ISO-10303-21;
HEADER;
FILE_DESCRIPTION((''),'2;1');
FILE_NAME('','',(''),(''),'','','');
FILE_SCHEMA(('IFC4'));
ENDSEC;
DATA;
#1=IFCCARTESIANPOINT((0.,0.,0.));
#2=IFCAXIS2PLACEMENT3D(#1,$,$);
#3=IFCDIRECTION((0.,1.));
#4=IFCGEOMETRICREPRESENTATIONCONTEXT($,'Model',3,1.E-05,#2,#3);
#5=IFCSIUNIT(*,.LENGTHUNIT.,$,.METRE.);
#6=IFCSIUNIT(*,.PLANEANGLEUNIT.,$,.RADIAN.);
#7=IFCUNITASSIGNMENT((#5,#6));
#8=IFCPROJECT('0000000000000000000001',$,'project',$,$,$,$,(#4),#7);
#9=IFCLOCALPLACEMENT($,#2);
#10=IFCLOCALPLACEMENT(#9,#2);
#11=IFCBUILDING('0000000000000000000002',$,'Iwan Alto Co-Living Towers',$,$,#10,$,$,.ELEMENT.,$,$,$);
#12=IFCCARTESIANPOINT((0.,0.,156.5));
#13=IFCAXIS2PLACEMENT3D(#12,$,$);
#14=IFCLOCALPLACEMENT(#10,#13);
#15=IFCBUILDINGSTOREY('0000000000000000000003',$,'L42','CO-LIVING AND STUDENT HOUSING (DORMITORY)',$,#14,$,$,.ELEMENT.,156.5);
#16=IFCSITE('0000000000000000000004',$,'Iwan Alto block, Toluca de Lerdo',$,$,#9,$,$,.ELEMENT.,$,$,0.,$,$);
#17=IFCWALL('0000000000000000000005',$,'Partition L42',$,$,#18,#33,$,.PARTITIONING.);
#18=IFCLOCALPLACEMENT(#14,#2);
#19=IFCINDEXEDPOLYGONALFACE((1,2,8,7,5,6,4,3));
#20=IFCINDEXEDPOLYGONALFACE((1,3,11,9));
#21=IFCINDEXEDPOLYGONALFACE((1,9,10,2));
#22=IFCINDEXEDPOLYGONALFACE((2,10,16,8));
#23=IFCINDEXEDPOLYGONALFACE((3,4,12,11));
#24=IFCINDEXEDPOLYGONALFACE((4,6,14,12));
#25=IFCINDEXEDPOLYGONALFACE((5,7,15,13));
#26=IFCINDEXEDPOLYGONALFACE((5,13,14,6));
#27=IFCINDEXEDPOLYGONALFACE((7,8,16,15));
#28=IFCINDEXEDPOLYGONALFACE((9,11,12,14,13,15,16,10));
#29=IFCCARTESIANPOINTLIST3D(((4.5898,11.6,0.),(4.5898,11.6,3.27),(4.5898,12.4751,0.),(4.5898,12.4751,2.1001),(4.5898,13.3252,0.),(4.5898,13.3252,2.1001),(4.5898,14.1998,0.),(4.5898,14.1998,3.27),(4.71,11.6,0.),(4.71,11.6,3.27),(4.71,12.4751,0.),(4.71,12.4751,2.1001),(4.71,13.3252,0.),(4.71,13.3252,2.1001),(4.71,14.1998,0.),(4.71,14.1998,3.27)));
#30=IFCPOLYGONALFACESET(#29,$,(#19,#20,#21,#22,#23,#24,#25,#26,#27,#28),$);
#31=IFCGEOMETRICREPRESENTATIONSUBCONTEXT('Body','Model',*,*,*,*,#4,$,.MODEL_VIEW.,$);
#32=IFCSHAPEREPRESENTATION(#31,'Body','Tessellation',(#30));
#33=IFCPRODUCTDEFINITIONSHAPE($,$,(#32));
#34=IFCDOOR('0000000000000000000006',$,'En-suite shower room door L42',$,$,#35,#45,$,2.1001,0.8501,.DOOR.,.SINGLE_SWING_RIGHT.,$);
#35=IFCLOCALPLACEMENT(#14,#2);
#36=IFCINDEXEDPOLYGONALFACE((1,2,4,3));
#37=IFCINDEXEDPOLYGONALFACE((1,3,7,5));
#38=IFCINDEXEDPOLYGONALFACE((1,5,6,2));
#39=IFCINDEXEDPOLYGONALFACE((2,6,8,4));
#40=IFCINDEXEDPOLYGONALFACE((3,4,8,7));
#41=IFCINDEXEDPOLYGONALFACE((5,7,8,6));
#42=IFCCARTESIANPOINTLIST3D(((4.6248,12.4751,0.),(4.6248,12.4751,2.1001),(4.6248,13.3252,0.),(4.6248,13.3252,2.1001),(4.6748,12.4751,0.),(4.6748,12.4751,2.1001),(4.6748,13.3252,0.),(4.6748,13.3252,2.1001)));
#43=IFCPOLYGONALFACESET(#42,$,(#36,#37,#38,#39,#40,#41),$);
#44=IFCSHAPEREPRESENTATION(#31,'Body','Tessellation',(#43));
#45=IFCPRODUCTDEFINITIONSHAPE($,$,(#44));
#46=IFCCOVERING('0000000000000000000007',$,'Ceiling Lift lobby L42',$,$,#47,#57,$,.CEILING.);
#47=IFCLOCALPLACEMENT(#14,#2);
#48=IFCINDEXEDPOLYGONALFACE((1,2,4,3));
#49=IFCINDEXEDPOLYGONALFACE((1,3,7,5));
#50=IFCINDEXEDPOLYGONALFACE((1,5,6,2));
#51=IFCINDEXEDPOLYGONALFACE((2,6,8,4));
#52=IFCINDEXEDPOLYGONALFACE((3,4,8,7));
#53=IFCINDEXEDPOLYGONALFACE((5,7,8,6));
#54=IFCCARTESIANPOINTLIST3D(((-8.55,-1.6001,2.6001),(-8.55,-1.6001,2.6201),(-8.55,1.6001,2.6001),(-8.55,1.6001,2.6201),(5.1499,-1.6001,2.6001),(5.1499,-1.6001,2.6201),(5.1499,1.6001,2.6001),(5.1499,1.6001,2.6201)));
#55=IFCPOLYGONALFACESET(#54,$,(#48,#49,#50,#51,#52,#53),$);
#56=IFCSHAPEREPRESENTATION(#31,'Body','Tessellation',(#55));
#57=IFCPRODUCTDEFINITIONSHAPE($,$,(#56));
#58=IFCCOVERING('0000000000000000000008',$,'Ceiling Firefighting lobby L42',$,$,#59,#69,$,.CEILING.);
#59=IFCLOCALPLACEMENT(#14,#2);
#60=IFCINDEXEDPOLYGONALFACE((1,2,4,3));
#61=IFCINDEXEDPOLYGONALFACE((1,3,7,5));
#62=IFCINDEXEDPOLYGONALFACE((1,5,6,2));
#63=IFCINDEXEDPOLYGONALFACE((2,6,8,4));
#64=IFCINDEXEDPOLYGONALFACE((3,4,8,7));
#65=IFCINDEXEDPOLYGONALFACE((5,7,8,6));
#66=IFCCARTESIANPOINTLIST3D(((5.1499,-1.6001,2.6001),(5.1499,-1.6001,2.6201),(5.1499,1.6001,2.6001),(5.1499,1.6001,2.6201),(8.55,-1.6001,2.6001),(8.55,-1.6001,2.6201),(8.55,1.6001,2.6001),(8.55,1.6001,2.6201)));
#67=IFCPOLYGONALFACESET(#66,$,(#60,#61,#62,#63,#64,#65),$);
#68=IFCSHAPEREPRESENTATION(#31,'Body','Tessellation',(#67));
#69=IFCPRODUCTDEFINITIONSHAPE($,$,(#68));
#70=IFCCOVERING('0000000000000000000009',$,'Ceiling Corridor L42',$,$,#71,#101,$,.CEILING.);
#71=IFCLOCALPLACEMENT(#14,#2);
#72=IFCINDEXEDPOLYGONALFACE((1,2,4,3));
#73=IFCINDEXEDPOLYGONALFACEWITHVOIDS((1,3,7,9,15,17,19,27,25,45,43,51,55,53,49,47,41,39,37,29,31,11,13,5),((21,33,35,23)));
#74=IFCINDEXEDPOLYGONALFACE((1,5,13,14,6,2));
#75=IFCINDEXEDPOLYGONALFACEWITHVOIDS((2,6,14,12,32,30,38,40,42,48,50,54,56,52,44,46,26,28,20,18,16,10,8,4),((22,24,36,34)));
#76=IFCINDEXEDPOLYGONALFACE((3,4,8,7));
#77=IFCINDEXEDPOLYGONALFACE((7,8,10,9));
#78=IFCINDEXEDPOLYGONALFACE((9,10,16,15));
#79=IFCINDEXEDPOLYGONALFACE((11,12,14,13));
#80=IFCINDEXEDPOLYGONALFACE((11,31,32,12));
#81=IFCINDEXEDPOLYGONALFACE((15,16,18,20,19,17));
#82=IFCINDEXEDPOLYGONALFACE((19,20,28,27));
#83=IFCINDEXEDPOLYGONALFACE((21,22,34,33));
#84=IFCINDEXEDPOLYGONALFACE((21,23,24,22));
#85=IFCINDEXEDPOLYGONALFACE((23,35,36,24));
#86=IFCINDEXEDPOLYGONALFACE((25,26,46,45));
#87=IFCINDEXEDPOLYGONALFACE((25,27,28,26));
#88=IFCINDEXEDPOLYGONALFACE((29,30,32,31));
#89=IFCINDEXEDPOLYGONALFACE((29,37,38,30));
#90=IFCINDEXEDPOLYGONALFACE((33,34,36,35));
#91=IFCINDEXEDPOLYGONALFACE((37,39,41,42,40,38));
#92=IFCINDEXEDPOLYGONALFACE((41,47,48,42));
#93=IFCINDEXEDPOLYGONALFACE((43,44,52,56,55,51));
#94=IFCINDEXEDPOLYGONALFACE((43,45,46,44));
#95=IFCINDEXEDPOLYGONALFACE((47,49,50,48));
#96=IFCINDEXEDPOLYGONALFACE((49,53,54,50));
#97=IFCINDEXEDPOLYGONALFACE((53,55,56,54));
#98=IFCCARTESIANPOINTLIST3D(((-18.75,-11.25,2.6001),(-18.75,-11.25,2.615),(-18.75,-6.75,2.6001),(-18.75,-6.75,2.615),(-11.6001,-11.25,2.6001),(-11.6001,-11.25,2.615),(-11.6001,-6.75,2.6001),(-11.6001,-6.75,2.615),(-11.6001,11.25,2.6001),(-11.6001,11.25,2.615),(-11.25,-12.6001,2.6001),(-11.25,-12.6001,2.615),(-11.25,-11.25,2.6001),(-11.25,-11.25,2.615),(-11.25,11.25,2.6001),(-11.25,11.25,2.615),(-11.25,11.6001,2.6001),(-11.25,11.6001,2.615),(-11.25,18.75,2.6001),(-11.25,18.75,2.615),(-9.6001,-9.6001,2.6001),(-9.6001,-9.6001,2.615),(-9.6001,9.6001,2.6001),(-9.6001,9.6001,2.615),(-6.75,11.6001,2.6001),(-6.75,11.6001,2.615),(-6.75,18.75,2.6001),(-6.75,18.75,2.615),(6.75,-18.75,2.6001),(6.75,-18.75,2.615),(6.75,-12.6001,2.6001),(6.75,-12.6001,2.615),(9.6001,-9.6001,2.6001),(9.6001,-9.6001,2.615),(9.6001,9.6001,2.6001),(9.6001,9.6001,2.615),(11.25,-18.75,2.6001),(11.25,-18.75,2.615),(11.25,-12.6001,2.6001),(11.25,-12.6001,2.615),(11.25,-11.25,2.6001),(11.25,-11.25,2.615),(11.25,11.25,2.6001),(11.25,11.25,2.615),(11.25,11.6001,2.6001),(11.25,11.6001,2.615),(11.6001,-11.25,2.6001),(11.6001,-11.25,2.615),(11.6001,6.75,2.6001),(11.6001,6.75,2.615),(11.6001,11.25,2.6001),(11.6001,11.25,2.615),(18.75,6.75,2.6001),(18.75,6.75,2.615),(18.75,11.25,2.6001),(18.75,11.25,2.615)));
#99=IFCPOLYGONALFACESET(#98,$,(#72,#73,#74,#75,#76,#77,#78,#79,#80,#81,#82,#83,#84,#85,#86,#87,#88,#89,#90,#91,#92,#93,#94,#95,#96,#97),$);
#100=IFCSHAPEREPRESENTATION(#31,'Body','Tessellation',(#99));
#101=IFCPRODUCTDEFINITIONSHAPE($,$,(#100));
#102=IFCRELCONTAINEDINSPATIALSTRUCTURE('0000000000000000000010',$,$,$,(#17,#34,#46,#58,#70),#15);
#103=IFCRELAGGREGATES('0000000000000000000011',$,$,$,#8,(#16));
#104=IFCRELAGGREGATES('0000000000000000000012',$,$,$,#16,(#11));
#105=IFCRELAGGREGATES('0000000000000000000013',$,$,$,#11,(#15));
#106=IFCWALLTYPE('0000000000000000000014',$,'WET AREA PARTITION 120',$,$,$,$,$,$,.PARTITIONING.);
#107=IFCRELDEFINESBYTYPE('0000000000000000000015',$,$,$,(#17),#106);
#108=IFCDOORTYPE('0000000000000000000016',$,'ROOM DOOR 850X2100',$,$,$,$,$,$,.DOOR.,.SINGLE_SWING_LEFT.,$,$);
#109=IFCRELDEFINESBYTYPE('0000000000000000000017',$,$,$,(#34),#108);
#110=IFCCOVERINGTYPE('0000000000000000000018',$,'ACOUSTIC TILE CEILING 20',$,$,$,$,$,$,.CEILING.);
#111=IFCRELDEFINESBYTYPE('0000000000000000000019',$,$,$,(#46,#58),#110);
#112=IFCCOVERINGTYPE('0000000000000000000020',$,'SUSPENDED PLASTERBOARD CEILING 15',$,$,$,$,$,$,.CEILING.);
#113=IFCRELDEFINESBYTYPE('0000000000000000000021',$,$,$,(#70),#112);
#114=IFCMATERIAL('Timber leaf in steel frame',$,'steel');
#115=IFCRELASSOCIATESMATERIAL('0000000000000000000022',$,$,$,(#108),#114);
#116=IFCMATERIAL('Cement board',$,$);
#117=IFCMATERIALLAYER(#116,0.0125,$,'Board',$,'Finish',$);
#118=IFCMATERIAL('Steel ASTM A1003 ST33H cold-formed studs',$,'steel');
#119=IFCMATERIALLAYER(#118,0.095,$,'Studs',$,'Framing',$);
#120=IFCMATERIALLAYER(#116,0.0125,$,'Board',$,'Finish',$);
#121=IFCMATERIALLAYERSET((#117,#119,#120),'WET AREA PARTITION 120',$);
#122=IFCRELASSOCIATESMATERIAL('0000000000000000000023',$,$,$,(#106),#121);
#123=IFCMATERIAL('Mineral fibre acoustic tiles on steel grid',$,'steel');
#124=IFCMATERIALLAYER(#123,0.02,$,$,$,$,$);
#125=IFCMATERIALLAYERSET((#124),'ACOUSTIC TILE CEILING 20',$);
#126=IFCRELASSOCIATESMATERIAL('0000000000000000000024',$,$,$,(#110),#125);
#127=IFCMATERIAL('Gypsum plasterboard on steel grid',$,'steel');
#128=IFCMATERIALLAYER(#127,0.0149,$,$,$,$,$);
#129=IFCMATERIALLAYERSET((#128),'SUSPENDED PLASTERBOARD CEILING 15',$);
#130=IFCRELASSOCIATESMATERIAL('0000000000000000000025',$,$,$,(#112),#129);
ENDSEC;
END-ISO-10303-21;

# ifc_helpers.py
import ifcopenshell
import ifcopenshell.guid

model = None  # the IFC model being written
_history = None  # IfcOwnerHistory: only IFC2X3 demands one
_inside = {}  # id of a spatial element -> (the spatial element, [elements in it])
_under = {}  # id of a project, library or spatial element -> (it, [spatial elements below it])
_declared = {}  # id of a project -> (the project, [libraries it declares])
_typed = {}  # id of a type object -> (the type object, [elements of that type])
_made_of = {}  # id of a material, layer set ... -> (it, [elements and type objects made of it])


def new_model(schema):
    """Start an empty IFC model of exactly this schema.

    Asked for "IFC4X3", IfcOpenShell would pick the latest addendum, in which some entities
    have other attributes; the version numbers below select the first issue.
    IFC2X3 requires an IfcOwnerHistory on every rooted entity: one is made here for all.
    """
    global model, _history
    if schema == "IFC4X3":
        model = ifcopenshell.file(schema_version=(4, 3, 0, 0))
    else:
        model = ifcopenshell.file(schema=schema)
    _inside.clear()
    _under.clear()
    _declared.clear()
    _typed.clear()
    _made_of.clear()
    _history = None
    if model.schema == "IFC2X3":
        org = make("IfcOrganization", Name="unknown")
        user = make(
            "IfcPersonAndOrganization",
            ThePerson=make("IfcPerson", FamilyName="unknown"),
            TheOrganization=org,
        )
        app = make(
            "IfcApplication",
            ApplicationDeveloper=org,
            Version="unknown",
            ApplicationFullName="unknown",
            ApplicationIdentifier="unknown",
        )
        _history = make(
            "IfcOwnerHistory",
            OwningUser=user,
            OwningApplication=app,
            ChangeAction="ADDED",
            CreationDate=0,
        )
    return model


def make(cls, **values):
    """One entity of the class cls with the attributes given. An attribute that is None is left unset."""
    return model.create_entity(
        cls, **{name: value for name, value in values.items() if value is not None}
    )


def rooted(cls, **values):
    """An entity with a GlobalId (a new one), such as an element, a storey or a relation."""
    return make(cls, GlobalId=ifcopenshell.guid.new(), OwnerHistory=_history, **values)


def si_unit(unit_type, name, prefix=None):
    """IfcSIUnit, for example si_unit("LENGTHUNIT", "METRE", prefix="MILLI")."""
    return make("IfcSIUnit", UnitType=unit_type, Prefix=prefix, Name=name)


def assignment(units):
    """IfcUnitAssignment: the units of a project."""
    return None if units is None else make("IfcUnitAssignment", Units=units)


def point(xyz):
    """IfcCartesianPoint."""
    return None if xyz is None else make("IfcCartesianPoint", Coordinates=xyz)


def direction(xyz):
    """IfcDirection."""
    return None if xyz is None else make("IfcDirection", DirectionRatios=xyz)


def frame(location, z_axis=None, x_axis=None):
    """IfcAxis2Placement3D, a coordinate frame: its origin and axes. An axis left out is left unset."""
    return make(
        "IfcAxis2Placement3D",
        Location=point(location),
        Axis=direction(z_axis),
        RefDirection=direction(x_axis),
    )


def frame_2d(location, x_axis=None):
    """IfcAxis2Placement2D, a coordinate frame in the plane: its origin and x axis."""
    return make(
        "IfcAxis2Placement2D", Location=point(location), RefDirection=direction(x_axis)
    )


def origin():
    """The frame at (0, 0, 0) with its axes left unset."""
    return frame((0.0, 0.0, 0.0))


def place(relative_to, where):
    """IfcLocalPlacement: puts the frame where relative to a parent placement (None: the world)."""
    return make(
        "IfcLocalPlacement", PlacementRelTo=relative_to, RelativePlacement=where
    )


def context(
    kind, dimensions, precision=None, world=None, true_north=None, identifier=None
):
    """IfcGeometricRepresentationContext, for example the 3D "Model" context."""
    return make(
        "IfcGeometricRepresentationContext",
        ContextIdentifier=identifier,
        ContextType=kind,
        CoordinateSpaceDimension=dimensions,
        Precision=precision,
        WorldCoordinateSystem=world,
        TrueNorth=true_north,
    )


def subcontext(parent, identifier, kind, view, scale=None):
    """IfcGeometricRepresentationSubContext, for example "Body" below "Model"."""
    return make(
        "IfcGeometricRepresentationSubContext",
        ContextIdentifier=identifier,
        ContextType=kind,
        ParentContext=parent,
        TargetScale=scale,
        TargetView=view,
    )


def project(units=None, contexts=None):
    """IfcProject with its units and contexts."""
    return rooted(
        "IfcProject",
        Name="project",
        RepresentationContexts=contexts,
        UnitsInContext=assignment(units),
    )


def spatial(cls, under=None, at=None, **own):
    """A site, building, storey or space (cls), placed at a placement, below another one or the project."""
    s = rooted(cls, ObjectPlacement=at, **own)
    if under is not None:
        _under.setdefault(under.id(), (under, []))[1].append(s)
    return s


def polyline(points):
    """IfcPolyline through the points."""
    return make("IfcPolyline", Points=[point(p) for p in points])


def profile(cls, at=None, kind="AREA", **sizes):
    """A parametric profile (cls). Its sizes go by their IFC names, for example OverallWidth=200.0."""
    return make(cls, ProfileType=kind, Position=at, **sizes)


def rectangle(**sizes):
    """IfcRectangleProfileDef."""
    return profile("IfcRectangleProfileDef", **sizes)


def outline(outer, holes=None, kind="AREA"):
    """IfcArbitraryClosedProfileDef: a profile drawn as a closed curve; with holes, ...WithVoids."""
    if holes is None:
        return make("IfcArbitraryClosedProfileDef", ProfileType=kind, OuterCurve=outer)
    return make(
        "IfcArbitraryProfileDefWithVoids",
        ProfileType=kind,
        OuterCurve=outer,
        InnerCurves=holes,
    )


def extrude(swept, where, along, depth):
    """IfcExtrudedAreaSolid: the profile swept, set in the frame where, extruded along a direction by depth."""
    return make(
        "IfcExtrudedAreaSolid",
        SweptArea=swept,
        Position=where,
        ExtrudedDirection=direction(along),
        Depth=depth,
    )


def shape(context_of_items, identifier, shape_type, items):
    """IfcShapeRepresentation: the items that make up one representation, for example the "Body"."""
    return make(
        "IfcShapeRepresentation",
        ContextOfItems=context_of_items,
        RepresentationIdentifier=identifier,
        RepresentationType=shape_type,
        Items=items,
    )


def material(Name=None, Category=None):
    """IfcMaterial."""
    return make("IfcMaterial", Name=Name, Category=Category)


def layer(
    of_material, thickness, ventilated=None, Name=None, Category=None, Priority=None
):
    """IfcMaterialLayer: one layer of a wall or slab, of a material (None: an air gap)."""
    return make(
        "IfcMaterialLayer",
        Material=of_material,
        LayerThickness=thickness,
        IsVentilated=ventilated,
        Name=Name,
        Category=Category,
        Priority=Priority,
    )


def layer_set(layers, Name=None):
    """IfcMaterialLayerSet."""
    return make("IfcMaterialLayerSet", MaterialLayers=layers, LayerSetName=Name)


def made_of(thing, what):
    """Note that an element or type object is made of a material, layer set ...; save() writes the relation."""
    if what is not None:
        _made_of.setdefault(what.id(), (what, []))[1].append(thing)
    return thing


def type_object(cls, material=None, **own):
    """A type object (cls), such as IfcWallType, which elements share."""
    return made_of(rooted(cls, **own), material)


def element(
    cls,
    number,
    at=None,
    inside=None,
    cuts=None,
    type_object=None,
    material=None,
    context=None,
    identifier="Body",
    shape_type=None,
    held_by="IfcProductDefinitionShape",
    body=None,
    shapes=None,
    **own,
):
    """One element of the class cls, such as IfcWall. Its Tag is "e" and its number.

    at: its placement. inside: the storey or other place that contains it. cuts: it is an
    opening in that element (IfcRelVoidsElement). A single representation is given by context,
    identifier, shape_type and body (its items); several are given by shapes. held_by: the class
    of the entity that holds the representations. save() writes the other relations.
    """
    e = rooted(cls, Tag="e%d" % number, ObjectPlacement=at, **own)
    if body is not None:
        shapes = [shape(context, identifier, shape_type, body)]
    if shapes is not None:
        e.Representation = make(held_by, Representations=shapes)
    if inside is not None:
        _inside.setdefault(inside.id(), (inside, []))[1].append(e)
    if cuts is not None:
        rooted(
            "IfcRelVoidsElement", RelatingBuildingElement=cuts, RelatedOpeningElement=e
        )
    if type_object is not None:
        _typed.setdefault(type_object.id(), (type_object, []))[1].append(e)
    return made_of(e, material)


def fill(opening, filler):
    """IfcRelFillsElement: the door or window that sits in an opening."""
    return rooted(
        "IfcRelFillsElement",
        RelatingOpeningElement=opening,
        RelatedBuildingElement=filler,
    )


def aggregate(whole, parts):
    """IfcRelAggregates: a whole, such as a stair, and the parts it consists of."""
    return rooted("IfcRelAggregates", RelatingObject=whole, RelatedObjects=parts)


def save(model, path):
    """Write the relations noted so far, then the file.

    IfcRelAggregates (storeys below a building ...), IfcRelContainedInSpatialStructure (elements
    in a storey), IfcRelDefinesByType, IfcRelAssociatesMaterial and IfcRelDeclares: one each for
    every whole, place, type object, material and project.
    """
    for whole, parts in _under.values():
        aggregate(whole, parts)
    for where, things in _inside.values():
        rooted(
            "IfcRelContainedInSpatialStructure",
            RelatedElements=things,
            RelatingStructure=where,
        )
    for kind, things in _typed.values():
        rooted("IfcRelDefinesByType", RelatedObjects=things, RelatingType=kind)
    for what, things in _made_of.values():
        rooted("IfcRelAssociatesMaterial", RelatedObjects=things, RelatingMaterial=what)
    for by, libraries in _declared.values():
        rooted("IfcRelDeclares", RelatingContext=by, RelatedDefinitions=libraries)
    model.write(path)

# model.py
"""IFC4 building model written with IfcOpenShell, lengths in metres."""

from ifc_helpers import new_model, si_unit, direction, frame, frame_2d, origin, place, context, subcontext, project, spatial, polyline, rectangle, outline, extrude, material, layer, layer_set, type_object, element, fill, save


model = new_model("IFC4")

# Units and contexts
model_context = context("Model", 3, precision=1e-05, world=origin(), true_north=direction((0.0, 1.0)))
body_context = subcontext(model_context, "Body", "Model", "MODEL_VIEW")
ifc_project = project(units=[si_unit("LENGTHUNIT", "METRE"), si_unit("PLANEANGLEUNIT", "RADIAN")], contexts=[model_context])

# Site, building, storey
site_placement = place(None, origin())
site = spatial("IfcSite", under=ifc_project, at=site_placement, Name="Iwan Alto block, Toluca de Lerdo", CompositionType="ELEMENT", RefElevation=0.0)
building_placement = place(site_placement, origin())
building = spatial("IfcBuilding", under=site, at=building_placement, Name="Iwan Alto Co-Living Towers", CompositionType="ELEMENT")
storey_placement = place(building_placement, frame((0.0, 0.0, 156.5)))
storey = spatial("IfcBuildingStorey", under=building, at=storey_placement, Name="L42", Description="CO-LIVING AND STUDENT HOUSING (DORMITORY)", CompositionType="ELEMENT", Elevation=156.5)

# Shared definitions
ifc_material_1 = material(Name="Steel ASTM A1003 ST33H cold-formed studs", Category="steel")
ifc_material_2 = material(Name="Timber leaf in steel frame", Category="steel")
door_type_1 = type_object("IfcDoorType", Name="ROOM DOOR 850X2100", OperationType="SINGLE_SWING_LEFT", PredefinedType="DOOR", material=ifc_material_2)

# Wall, opening, door
ifc_material_3 = material(Name="Cement board")
ifc_layer_1 = layer(ifc_material_3, 0.0125, Name="Board", Category="Finish")
ifc_layer_2 = layer(ifc_material_1, 0.095, Name="Studs", Category="Framing")
ifc_layer_3 = layer(ifc_material_3, 0.0125, Name="Board", Category="Finish")
ifc_layer_set_1 = layer_set([ifc_layer_1, ifc_layer_2, ifc_layer_3], Name="WET AREA PARTITION 120")
wall_type_1 = type_object("IfcWallType", Name="WET AREA PARTITION 120", PredefinedType="PARTITIONING", material=ifc_layer_set_1)
wall_1_placement = place(storey_placement, frame((4.6499, 11.6001, 0.0), z_axis=(0.0, 0.0, 1.0), x_axis=(0.0, 1.0, 0.0)))
wall_1 = element("IfcWall", 1, at=wall_1_placement, inside=storey, type_object=wall_type_1, Name="Partition L42", PredefinedType="PARTITIONING", context=body_context, shape_type="SweptSolid", body=[
    extrude(rectangle(XDim=2.5999, YDim=0.1201, at=frame_2d((1.2998, 0.0))), origin(), (0.0, 0.0, 1.0), 3.27),
])
opening_1_placement = place(wall_1_placement, frame((0.875, 0.0, 0.0)))
opening_1 = element("IfcOpeningElement", 2, at=opening_1_placement, cuts=wall_1, PredefinedType="OPENING", context=body_context, shape_type="SweptSolid", body=[
    extrude(rectangle(XDim=0.8501, YDim=2.1001, at=frame_2d((0.425, 1.05))), frame((0.0, 0.0701, 0.0), z_axis=(0.0, -1.0, 0.0), x_axis=(1.0, 0.0, 0.0)), (0.0, 0.0, 1.0), 0.1401),
])
door_1_placement = place(opening_1_placement, frame((0.8501, 0.0, 0.0), z_axis=(0.0, 0.0, 1.0), x_axis=(-1.0, 0.0, 0.0)))
door_1 = element("IfcDoor", 3, at=door_1_placement, inside=storey, type_object=door_type_1, Name="En-suite shower room door L42", OperationType="SINGLE_SWING_RIGHT", OverallHeight=2.1001, OverallWidth=0.8501, PredefinedType="DOOR", context=body_context, shape_type="SweptSolid", body=[
    extrude(rectangle(XDim=0.8501, YDim=2.1001, at=frame_2d((0.425, 1.05))), frame((0.0, 0.0249, 0.0), z_axis=(0.0, -1.0, 0.0), x_axis=(1.0, 0.0, 0.0)), (0.0, 0.0, 1.0), 0.05),
])
fill(opening_1, door_1)

# Coverings
ifc_material_4 = material(Name="Mineral fibre acoustic tiles on steel grid", Category="steel")
ifc_layer_4 = layer(ifc_material_4, 0.02)
ifc_layer_set_2 = layer_set([ifc_layer_4], Name="ACOUSTIC TILE CEILING 20")
covering_type_1 = type_object("IfcCoveringType", Name="ACOUSTIC TILE CEILING 20", PredefinedType="CEILING", material=ifc_layer_set_2)
covering_1_placement = place(storey_placement, frame((0.0, 0.0, 2.6001)))
element("IfcCovering", 4, at=covering_1_placement, inside=storey, type_object=covering_type_1, Name="Ceiling Lift lobby L42", PredefinedType="CEILING", context=body_context, shape_type="SweptSolid", body=[
    extrude(outline(polyline([(-8.55, -1.6001), (-8.55, 1.6001), (5.1499, 1.6001), (5.1499, -1.6001), (-8.55, -1.6001)])), origin(), (0.0, 0.0, 1.0), 0.02),
])
covering_2_placement = place(storey_placement, frame((0.0, 0.0, 2.6001)))
element("IfcCovering", 5, at=covering_2_placement, inside=storey, type_object=covering_type_1, Name="Ceiling Firefighting lobby L42", PredefinedType="CEILING", context=body_context, shape_type="SweptSolid", body=[
    extrude(outline(polyline([(5.1499, -1.6001), (5.1499, 1.6001), (8.55, 1.6001), (8.55, -1.6001), (5.1499, -1.6001)])), origin(), (0.0, 0.0, 1.0), 0.02),
])
ifc_material_5 = material(Name="Gypsum plasterboard on steel grid", Category="steel")
ifc_layer_5 = layer(ifc_material_5, 0.0149)
ifc_layer_set_3 = layer_set([ifc_layer_5], Name="SUSPENDED PLASTERBOARD CEILING 15")
covering_type_2 = type_object("IfcCoveringType", Name="SUSPENDED PLASTERBOARD CEILING 15", PredefinedType="CEILING", material=ifc_layer_set_3)
covering_3_placement = place(storey_placement, frame((0.0, 0.0, 2.6001)))
element("IfcCovering", 6, at=covering_3_placement, inside=storey, type_object=covering_type_2, Name="Ceiling Corridor L42", PredefinedType="CEILING", context=body_context, shape_type="SweptSolid", body=[
    extrude(outline(polyline([(-18.75, -6.75), (-11.6001, -6.75), (-11.6001, 11.25), (-11.25, 11.25), (-11.25, 11.6001), (-11.25, 18.75), (-6.75, 18.75), (-6.75, 11.6001), (11.25, 11.6001), (11.25, 11.25), (11.6001, 11.25), (18.75, 11.25), (18.75, 6.75), (11.6001, 6.75), (11.6001, -11.25), (11.25, -11.25), (11.25, -12.6001), (11.25, -18.75), (6.75, -18.75), (6.75, -12.6001), (-11.25, -12.6001), (-11.25, -11.25), (-11.6001, -11.25), (-18.75, -11.25), (-18.75, -6.75)]), holes=[polyline([(9.6001, 9.6001), (-9.6001, 9.6001), (-9.6001, -9.6001), (9.6001, -9.6001), (9.6001, 9.6001)])]), origin(), (0.0, 0.0, 1.0), 0.0149),
])

save(model, "model.ifc")
